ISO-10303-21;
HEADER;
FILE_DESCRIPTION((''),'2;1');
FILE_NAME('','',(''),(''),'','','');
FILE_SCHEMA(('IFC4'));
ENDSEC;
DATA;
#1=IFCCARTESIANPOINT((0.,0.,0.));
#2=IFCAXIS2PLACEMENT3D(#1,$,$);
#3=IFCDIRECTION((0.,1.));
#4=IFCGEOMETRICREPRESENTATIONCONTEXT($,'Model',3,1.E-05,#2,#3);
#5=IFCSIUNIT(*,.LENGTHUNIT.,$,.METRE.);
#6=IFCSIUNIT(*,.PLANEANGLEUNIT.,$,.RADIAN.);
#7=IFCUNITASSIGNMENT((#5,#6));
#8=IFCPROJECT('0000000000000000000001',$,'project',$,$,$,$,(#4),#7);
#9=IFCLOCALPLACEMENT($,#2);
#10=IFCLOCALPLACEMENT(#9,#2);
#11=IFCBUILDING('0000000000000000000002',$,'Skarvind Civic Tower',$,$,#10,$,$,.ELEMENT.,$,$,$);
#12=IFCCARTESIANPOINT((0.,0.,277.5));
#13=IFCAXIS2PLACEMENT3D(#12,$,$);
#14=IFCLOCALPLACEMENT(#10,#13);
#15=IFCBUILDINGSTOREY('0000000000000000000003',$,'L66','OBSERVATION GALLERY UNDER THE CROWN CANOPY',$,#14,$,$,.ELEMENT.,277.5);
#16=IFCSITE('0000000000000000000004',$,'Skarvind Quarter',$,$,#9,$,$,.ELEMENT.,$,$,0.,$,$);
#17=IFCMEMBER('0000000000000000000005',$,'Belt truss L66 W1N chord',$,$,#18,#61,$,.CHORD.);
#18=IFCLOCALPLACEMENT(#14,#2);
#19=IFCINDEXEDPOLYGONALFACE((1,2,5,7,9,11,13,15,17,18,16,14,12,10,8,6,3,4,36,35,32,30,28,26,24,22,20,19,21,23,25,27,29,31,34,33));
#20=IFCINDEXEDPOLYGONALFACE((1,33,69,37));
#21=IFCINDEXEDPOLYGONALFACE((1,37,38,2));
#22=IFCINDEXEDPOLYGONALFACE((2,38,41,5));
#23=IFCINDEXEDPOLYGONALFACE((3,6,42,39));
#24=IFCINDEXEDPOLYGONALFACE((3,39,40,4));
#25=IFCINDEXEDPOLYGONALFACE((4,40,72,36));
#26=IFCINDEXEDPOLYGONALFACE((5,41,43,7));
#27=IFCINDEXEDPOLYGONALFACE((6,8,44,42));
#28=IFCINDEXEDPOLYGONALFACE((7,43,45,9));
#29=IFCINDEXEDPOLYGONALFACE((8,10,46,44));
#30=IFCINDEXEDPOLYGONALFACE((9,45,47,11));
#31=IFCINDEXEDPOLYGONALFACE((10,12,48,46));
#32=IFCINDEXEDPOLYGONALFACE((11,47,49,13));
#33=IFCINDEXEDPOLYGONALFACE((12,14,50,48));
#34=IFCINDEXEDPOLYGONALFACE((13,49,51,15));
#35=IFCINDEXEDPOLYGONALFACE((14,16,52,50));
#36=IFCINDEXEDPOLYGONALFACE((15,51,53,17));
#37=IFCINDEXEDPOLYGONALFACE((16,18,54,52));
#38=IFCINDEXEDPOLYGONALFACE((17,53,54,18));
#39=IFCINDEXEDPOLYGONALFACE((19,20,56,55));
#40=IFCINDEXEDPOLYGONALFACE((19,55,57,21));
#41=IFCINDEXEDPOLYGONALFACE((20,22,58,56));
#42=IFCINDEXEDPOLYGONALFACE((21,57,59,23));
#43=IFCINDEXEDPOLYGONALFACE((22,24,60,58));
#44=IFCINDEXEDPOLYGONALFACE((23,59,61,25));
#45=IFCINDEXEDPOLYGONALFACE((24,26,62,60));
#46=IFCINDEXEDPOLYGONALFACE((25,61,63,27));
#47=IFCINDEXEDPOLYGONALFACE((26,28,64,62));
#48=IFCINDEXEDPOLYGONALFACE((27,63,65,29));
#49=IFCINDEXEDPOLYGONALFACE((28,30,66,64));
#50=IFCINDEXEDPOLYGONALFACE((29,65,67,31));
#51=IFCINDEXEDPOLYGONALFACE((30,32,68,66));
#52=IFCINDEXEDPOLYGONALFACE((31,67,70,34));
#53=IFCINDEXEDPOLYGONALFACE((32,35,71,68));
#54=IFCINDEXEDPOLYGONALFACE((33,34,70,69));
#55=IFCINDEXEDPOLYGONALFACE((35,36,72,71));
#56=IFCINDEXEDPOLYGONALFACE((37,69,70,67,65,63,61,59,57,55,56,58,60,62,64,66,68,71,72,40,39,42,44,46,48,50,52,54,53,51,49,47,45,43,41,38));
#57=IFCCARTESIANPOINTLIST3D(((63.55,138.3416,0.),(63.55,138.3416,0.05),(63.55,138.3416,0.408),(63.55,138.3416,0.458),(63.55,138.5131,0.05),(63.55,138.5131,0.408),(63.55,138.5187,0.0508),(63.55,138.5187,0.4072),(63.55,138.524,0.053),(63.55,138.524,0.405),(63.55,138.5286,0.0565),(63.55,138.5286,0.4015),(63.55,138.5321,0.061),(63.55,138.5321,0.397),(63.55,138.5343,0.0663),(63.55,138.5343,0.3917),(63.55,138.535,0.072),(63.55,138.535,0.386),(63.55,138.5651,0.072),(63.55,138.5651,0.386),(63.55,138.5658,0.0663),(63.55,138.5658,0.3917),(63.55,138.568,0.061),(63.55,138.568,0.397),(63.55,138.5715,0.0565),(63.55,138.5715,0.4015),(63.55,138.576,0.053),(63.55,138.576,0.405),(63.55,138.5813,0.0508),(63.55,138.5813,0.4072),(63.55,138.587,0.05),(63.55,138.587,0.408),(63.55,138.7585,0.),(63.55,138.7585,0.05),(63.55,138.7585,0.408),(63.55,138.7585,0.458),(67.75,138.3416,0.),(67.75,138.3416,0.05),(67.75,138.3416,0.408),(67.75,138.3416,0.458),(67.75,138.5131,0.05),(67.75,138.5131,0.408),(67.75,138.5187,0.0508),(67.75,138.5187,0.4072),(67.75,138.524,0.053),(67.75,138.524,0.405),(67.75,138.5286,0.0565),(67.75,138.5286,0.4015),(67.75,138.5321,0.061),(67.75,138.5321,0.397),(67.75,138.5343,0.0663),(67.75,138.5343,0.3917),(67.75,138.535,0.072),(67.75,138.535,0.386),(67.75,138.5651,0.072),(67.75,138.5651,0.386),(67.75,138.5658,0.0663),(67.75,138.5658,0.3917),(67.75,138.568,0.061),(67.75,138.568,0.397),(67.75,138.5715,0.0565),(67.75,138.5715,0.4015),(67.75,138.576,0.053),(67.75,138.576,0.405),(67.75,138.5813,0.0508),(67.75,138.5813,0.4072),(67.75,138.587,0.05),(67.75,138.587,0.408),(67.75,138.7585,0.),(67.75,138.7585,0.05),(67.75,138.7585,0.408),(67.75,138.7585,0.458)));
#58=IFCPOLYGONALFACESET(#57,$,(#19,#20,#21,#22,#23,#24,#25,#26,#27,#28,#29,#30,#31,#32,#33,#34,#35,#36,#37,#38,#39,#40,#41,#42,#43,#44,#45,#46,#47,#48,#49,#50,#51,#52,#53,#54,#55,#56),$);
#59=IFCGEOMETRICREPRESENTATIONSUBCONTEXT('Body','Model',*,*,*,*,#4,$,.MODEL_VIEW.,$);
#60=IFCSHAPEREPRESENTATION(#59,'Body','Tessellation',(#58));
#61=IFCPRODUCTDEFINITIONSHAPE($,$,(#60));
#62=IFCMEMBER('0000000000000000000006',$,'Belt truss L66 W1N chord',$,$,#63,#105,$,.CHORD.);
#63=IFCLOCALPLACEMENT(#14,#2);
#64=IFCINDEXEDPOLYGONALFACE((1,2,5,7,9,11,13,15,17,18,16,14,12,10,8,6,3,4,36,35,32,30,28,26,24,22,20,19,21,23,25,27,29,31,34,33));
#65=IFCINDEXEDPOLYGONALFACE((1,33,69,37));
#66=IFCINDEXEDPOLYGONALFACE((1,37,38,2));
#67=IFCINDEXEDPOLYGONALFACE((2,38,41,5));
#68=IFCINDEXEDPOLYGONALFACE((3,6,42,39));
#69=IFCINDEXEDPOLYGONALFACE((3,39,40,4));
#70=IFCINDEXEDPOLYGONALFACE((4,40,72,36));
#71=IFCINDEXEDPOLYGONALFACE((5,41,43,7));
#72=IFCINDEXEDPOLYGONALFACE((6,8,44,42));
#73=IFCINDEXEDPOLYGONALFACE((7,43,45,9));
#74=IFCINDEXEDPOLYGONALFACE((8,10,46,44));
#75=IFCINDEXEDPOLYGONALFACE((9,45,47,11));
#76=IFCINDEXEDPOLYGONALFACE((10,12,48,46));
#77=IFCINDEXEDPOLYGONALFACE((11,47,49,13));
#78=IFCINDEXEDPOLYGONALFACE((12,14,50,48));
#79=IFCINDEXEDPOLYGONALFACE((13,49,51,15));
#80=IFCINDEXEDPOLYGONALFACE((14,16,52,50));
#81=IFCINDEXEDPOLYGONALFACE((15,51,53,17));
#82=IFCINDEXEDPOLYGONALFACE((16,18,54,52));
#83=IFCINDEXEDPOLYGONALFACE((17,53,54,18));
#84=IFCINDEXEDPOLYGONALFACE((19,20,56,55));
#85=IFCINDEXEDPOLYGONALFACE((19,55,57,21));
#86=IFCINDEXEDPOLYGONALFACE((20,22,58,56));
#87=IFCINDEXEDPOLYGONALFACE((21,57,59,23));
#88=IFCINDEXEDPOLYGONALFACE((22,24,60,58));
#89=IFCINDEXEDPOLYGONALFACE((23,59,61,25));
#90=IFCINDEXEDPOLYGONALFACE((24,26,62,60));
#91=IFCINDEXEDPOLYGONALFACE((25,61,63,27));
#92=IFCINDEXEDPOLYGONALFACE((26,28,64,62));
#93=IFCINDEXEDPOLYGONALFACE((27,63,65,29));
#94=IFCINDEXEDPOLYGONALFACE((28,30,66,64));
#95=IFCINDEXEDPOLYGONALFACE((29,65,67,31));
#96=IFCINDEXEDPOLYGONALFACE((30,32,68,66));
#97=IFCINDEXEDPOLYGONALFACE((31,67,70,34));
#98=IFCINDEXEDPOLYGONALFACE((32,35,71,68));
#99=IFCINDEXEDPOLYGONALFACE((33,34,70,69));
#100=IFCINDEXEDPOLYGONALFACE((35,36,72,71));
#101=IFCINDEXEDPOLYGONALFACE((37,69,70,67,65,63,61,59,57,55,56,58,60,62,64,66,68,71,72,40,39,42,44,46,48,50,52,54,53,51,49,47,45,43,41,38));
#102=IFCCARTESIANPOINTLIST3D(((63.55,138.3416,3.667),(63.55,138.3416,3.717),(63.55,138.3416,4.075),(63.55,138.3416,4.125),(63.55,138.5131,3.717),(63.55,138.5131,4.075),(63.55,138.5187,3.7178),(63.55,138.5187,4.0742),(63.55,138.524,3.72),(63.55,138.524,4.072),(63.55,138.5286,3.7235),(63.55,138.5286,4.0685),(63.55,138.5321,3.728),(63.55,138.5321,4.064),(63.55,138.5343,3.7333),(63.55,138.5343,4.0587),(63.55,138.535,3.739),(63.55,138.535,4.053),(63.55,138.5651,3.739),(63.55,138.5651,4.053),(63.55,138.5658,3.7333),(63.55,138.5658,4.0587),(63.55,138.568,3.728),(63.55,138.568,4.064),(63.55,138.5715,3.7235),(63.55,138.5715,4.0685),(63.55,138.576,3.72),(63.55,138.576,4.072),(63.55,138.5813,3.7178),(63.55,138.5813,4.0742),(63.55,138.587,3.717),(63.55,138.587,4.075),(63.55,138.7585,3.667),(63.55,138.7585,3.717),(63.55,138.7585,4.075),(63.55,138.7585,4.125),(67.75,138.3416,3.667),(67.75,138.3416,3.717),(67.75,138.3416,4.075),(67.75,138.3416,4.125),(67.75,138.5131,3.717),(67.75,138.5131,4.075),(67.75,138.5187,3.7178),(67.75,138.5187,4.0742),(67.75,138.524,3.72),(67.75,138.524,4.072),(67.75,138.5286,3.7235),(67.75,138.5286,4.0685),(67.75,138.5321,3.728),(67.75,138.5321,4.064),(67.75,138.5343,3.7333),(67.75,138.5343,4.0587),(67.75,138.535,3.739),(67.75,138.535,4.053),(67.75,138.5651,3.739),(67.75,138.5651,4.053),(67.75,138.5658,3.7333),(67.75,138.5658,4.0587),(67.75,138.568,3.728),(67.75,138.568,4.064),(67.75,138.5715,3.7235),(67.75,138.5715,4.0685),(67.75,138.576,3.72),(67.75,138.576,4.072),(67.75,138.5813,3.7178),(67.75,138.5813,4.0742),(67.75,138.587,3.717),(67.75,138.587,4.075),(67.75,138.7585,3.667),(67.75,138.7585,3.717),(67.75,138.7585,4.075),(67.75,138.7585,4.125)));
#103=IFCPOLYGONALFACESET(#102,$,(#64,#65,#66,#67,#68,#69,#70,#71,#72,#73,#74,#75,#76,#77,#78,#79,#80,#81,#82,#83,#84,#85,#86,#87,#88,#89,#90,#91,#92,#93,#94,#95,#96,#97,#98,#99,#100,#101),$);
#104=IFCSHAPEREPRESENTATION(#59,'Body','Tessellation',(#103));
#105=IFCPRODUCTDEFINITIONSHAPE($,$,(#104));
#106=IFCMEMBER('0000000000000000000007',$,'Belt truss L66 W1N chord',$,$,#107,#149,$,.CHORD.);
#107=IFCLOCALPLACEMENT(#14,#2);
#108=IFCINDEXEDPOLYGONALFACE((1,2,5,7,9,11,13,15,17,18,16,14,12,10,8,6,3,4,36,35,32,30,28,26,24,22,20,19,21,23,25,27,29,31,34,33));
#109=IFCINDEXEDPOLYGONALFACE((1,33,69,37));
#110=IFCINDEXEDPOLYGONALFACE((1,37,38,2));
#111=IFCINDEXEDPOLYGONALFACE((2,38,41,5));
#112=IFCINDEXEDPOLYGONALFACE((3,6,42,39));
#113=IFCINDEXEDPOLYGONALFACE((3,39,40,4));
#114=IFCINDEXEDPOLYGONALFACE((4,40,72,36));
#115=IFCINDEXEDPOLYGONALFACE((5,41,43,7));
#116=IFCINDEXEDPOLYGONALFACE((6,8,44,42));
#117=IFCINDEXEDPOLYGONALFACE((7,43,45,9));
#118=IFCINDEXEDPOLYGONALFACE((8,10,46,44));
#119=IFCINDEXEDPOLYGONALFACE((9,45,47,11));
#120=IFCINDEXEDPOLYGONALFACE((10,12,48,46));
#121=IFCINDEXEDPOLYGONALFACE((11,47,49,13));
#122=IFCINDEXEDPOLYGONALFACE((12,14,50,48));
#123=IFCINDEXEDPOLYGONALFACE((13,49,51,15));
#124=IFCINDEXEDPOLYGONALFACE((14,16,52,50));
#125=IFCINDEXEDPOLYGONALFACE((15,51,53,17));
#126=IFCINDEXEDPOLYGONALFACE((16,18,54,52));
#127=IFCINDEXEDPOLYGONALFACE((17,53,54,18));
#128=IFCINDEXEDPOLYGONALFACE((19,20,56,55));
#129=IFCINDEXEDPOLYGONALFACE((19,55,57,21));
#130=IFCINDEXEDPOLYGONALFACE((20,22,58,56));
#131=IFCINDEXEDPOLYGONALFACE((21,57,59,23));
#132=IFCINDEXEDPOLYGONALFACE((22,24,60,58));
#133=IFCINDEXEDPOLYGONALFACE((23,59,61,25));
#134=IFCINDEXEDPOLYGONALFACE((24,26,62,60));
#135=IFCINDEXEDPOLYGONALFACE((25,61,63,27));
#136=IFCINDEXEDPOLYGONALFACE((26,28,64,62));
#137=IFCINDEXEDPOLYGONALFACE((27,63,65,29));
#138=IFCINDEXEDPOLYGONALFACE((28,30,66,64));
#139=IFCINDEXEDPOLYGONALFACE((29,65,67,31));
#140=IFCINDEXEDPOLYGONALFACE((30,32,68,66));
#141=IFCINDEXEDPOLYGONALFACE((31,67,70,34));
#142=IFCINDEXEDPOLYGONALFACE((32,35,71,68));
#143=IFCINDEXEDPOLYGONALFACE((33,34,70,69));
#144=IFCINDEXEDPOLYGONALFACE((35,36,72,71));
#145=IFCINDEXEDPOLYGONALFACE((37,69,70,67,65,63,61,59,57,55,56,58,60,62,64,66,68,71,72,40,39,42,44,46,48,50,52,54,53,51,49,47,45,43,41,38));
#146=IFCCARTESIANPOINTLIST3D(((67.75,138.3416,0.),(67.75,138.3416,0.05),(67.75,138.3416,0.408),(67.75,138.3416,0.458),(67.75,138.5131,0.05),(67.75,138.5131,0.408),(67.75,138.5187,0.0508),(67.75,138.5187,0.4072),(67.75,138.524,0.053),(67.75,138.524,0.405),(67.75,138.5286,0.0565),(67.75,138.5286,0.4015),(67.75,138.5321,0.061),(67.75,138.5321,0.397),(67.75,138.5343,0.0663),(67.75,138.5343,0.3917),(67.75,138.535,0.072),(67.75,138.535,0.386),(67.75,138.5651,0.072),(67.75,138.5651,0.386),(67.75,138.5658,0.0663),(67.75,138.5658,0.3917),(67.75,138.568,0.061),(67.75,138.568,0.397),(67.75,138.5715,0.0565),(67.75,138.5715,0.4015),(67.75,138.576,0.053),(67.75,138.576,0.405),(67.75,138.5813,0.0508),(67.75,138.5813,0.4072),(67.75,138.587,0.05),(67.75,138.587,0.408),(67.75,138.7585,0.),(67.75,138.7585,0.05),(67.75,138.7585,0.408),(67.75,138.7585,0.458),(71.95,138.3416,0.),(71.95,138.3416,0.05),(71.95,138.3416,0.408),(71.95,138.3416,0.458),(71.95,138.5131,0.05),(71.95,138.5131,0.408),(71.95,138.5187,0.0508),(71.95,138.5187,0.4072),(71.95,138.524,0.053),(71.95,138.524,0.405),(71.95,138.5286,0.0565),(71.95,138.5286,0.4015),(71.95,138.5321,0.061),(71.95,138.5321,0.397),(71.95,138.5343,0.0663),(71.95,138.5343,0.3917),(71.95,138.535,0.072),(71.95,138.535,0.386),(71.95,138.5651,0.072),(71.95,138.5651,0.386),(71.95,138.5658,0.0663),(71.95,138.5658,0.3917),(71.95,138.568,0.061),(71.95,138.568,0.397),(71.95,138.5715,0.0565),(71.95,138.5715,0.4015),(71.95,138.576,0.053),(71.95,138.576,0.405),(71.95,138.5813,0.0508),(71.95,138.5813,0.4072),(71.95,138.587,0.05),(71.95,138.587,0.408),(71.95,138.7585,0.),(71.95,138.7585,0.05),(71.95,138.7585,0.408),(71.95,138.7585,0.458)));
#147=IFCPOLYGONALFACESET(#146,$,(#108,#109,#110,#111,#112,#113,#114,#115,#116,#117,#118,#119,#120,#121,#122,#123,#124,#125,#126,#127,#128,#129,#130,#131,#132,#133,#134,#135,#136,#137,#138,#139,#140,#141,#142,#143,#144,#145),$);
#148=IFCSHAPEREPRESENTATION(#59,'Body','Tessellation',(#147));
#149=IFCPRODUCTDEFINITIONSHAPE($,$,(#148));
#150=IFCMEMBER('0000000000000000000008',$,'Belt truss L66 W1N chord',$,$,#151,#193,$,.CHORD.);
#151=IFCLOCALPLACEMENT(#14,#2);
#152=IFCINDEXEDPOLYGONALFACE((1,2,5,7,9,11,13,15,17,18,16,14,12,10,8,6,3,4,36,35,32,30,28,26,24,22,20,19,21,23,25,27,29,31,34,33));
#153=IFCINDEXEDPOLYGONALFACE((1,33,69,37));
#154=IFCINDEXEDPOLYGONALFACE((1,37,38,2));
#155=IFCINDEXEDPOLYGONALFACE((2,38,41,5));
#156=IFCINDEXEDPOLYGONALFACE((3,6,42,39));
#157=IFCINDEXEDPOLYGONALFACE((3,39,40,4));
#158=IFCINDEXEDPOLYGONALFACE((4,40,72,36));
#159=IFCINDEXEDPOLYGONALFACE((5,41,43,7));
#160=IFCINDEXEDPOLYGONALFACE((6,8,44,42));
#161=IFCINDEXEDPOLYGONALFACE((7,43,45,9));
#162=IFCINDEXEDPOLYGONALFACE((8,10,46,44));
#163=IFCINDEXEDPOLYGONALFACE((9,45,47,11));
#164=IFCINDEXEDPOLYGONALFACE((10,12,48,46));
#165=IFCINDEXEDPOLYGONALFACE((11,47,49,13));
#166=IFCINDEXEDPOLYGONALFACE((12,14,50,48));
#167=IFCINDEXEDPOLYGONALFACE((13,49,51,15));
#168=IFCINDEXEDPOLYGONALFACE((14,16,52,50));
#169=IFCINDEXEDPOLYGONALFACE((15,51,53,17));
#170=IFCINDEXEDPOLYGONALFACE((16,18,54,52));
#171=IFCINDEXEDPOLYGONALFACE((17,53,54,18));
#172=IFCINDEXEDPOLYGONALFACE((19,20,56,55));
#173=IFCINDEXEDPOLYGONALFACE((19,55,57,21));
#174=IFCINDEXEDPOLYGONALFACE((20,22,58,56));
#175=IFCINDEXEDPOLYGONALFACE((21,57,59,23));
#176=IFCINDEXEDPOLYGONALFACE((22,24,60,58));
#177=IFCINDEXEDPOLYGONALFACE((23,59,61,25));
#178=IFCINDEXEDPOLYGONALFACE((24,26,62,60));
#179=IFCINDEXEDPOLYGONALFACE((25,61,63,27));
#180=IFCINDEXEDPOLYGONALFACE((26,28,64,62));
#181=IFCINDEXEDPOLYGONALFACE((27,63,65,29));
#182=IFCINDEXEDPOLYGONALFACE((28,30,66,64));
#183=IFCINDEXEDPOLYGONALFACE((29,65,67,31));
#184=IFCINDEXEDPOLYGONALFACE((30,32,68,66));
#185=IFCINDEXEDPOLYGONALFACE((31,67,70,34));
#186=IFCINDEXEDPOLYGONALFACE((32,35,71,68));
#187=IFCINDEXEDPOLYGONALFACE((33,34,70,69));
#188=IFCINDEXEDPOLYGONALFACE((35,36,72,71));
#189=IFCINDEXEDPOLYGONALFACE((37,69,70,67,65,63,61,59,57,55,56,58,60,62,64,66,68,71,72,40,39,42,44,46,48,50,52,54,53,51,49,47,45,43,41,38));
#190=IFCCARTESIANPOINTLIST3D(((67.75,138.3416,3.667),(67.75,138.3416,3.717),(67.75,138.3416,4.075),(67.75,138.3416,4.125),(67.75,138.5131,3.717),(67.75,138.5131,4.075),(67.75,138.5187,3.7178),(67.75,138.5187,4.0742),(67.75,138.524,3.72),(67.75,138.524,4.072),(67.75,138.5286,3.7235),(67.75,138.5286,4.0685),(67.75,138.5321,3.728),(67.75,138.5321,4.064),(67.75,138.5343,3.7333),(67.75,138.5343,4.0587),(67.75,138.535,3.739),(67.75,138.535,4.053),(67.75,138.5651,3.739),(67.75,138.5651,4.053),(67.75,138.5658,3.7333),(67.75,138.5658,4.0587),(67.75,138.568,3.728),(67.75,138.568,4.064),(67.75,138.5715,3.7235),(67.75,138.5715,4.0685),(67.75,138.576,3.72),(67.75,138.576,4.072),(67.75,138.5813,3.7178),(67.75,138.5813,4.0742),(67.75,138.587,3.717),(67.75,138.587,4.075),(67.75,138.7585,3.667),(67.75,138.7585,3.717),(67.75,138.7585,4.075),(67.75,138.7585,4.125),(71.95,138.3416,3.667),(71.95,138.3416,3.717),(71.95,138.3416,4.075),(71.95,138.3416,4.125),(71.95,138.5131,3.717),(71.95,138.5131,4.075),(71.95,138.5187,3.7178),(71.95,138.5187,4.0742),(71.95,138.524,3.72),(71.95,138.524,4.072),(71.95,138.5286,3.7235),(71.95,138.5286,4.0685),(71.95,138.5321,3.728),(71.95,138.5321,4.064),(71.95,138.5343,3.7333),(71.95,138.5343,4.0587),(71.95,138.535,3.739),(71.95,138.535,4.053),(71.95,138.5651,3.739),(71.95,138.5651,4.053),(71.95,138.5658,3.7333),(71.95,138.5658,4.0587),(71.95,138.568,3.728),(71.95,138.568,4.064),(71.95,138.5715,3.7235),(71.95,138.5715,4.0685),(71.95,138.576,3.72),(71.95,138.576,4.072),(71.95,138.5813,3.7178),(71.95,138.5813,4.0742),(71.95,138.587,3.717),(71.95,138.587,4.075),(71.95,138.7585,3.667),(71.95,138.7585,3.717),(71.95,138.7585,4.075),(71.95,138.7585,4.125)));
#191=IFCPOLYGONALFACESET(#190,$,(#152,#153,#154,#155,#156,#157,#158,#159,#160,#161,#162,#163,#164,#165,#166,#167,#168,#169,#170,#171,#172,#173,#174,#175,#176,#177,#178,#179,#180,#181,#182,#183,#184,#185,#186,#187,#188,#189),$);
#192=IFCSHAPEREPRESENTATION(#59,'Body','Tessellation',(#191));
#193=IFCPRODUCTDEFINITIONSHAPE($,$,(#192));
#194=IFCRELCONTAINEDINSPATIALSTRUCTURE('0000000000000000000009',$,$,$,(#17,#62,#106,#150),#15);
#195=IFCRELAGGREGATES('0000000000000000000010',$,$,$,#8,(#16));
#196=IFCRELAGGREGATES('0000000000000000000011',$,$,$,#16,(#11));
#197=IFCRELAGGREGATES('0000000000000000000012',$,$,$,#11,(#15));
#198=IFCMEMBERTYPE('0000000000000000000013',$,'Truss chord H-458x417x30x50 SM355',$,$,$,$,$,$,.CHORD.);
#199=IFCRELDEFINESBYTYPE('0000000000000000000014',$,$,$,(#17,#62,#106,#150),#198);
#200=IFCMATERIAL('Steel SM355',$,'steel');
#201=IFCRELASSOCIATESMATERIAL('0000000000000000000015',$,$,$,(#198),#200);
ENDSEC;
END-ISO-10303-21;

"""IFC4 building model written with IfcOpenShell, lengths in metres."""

from ifc_helpers import new_model, si_unit, direction, frame, origin, origin_2d, place, context, subcontext, project, spatial, i_section, extrude, material, material_profile, profile_set, type_object, element, save


model = new_model("IFC4")

# Units and contexts
model_context = context("Model", 3, precision=1e-05, world=origin(), true_north=direction((0.0, 1.0)))
body_context = subcontext(model_context, "Body", "Model", "MODEL_VIEW")
ifc_project = project(units=[si_unit("LENGTHUNIT", "METRE"), si_unit("PLANEANGLEUNIT", "RADIAN")], contexts=[model_context])

# Site, building, storey
site_placement = place(None, origin())
site = spatial("IfcSite", under=ifc_project, at=site_placement, Name="Skarvind Quarter", CompositionType="ELEMENT", RefElevation=0.0)
building_placement = place(site_placement, origin())
building = spatial("IfcBuilding", under=site, at=building_placement, Name="Skarvind Civic Tower", CompositionType="ELEMENT")
storey_placement = place(building_placement, frame((0.0, 0.0, 277.5)))
storey = spatial("IfcBuildingStorey", under=building, at=storey_placement, Name="L66", Description="OBSERVATION GALLERY UNDER THE CROWN CANOPY", CompositionType="ELEMENT", Elevation=277.5)

# Members
ifc_material_1 = material(Name="Steel SM355", Category="steel")
ifc_material_profile_1 = material_profile(ifc_material_1, i_section(OverallWidth=0.417, OverallDepth=0.458, WebThickness=0.03, FlangeThickness=0.05, FilletRadius=0.022, at=origin_2d()), Name="H-458x417x30x50")
ifc_profile_set_1 = profile_set([ifc_material_profile_1], Name="Steel SM355")
member_type_1 = type_object("IfcMemberType", Name="Truss chord H-458x417x30x50 SM355", PredefinedType="CHORD", material=ifc_profile_set_1)
for number, where, z_axis, x_axis, name in (
    (1, (63.55, 138.55, 0.229), (1.0, 0.0, 0.0), (0.0, 1.0, 0.0), "Belt truss L66 W1N chord"),
    (2, (63.55, 138.55, 3.896), (1.0, 0.0, 0.0), (0.0, 1.0, 0.0), "Belt truss L66 W1N chord"),
    (3, (67.75, 138.55, 0.229), (1.0, 0.0, 0.0), (0.0, 1.0, 0.0), "Belt truss L66 W1N chord"),
    (4, (67.75, 138.55, 3.896), (1.0, 0.0, 0.0), (0.0, 1.0, 0.0), "Belt truss L66 W1N chord"),
):
    element("IfcMember", number, at=place(storey_placement, frame(where, z_axis=z_axis, x_axis=x_axis)), inside=storey, type_object=member_type_1, Name=name, PredefinedType="CHORD", context=body_context, shape_type="SweptSolid", body=[
        extrude(i_section(OverallWidth=0.417, OverallDepth=0.458, WebThickness=0.03, FlangeThickness=0.05, FilletRadius=0.022, at=origin_2d()), origin(), (0.0, 0.0, 1.0), 4.2),
    ])

save(model, "model.ifc")
